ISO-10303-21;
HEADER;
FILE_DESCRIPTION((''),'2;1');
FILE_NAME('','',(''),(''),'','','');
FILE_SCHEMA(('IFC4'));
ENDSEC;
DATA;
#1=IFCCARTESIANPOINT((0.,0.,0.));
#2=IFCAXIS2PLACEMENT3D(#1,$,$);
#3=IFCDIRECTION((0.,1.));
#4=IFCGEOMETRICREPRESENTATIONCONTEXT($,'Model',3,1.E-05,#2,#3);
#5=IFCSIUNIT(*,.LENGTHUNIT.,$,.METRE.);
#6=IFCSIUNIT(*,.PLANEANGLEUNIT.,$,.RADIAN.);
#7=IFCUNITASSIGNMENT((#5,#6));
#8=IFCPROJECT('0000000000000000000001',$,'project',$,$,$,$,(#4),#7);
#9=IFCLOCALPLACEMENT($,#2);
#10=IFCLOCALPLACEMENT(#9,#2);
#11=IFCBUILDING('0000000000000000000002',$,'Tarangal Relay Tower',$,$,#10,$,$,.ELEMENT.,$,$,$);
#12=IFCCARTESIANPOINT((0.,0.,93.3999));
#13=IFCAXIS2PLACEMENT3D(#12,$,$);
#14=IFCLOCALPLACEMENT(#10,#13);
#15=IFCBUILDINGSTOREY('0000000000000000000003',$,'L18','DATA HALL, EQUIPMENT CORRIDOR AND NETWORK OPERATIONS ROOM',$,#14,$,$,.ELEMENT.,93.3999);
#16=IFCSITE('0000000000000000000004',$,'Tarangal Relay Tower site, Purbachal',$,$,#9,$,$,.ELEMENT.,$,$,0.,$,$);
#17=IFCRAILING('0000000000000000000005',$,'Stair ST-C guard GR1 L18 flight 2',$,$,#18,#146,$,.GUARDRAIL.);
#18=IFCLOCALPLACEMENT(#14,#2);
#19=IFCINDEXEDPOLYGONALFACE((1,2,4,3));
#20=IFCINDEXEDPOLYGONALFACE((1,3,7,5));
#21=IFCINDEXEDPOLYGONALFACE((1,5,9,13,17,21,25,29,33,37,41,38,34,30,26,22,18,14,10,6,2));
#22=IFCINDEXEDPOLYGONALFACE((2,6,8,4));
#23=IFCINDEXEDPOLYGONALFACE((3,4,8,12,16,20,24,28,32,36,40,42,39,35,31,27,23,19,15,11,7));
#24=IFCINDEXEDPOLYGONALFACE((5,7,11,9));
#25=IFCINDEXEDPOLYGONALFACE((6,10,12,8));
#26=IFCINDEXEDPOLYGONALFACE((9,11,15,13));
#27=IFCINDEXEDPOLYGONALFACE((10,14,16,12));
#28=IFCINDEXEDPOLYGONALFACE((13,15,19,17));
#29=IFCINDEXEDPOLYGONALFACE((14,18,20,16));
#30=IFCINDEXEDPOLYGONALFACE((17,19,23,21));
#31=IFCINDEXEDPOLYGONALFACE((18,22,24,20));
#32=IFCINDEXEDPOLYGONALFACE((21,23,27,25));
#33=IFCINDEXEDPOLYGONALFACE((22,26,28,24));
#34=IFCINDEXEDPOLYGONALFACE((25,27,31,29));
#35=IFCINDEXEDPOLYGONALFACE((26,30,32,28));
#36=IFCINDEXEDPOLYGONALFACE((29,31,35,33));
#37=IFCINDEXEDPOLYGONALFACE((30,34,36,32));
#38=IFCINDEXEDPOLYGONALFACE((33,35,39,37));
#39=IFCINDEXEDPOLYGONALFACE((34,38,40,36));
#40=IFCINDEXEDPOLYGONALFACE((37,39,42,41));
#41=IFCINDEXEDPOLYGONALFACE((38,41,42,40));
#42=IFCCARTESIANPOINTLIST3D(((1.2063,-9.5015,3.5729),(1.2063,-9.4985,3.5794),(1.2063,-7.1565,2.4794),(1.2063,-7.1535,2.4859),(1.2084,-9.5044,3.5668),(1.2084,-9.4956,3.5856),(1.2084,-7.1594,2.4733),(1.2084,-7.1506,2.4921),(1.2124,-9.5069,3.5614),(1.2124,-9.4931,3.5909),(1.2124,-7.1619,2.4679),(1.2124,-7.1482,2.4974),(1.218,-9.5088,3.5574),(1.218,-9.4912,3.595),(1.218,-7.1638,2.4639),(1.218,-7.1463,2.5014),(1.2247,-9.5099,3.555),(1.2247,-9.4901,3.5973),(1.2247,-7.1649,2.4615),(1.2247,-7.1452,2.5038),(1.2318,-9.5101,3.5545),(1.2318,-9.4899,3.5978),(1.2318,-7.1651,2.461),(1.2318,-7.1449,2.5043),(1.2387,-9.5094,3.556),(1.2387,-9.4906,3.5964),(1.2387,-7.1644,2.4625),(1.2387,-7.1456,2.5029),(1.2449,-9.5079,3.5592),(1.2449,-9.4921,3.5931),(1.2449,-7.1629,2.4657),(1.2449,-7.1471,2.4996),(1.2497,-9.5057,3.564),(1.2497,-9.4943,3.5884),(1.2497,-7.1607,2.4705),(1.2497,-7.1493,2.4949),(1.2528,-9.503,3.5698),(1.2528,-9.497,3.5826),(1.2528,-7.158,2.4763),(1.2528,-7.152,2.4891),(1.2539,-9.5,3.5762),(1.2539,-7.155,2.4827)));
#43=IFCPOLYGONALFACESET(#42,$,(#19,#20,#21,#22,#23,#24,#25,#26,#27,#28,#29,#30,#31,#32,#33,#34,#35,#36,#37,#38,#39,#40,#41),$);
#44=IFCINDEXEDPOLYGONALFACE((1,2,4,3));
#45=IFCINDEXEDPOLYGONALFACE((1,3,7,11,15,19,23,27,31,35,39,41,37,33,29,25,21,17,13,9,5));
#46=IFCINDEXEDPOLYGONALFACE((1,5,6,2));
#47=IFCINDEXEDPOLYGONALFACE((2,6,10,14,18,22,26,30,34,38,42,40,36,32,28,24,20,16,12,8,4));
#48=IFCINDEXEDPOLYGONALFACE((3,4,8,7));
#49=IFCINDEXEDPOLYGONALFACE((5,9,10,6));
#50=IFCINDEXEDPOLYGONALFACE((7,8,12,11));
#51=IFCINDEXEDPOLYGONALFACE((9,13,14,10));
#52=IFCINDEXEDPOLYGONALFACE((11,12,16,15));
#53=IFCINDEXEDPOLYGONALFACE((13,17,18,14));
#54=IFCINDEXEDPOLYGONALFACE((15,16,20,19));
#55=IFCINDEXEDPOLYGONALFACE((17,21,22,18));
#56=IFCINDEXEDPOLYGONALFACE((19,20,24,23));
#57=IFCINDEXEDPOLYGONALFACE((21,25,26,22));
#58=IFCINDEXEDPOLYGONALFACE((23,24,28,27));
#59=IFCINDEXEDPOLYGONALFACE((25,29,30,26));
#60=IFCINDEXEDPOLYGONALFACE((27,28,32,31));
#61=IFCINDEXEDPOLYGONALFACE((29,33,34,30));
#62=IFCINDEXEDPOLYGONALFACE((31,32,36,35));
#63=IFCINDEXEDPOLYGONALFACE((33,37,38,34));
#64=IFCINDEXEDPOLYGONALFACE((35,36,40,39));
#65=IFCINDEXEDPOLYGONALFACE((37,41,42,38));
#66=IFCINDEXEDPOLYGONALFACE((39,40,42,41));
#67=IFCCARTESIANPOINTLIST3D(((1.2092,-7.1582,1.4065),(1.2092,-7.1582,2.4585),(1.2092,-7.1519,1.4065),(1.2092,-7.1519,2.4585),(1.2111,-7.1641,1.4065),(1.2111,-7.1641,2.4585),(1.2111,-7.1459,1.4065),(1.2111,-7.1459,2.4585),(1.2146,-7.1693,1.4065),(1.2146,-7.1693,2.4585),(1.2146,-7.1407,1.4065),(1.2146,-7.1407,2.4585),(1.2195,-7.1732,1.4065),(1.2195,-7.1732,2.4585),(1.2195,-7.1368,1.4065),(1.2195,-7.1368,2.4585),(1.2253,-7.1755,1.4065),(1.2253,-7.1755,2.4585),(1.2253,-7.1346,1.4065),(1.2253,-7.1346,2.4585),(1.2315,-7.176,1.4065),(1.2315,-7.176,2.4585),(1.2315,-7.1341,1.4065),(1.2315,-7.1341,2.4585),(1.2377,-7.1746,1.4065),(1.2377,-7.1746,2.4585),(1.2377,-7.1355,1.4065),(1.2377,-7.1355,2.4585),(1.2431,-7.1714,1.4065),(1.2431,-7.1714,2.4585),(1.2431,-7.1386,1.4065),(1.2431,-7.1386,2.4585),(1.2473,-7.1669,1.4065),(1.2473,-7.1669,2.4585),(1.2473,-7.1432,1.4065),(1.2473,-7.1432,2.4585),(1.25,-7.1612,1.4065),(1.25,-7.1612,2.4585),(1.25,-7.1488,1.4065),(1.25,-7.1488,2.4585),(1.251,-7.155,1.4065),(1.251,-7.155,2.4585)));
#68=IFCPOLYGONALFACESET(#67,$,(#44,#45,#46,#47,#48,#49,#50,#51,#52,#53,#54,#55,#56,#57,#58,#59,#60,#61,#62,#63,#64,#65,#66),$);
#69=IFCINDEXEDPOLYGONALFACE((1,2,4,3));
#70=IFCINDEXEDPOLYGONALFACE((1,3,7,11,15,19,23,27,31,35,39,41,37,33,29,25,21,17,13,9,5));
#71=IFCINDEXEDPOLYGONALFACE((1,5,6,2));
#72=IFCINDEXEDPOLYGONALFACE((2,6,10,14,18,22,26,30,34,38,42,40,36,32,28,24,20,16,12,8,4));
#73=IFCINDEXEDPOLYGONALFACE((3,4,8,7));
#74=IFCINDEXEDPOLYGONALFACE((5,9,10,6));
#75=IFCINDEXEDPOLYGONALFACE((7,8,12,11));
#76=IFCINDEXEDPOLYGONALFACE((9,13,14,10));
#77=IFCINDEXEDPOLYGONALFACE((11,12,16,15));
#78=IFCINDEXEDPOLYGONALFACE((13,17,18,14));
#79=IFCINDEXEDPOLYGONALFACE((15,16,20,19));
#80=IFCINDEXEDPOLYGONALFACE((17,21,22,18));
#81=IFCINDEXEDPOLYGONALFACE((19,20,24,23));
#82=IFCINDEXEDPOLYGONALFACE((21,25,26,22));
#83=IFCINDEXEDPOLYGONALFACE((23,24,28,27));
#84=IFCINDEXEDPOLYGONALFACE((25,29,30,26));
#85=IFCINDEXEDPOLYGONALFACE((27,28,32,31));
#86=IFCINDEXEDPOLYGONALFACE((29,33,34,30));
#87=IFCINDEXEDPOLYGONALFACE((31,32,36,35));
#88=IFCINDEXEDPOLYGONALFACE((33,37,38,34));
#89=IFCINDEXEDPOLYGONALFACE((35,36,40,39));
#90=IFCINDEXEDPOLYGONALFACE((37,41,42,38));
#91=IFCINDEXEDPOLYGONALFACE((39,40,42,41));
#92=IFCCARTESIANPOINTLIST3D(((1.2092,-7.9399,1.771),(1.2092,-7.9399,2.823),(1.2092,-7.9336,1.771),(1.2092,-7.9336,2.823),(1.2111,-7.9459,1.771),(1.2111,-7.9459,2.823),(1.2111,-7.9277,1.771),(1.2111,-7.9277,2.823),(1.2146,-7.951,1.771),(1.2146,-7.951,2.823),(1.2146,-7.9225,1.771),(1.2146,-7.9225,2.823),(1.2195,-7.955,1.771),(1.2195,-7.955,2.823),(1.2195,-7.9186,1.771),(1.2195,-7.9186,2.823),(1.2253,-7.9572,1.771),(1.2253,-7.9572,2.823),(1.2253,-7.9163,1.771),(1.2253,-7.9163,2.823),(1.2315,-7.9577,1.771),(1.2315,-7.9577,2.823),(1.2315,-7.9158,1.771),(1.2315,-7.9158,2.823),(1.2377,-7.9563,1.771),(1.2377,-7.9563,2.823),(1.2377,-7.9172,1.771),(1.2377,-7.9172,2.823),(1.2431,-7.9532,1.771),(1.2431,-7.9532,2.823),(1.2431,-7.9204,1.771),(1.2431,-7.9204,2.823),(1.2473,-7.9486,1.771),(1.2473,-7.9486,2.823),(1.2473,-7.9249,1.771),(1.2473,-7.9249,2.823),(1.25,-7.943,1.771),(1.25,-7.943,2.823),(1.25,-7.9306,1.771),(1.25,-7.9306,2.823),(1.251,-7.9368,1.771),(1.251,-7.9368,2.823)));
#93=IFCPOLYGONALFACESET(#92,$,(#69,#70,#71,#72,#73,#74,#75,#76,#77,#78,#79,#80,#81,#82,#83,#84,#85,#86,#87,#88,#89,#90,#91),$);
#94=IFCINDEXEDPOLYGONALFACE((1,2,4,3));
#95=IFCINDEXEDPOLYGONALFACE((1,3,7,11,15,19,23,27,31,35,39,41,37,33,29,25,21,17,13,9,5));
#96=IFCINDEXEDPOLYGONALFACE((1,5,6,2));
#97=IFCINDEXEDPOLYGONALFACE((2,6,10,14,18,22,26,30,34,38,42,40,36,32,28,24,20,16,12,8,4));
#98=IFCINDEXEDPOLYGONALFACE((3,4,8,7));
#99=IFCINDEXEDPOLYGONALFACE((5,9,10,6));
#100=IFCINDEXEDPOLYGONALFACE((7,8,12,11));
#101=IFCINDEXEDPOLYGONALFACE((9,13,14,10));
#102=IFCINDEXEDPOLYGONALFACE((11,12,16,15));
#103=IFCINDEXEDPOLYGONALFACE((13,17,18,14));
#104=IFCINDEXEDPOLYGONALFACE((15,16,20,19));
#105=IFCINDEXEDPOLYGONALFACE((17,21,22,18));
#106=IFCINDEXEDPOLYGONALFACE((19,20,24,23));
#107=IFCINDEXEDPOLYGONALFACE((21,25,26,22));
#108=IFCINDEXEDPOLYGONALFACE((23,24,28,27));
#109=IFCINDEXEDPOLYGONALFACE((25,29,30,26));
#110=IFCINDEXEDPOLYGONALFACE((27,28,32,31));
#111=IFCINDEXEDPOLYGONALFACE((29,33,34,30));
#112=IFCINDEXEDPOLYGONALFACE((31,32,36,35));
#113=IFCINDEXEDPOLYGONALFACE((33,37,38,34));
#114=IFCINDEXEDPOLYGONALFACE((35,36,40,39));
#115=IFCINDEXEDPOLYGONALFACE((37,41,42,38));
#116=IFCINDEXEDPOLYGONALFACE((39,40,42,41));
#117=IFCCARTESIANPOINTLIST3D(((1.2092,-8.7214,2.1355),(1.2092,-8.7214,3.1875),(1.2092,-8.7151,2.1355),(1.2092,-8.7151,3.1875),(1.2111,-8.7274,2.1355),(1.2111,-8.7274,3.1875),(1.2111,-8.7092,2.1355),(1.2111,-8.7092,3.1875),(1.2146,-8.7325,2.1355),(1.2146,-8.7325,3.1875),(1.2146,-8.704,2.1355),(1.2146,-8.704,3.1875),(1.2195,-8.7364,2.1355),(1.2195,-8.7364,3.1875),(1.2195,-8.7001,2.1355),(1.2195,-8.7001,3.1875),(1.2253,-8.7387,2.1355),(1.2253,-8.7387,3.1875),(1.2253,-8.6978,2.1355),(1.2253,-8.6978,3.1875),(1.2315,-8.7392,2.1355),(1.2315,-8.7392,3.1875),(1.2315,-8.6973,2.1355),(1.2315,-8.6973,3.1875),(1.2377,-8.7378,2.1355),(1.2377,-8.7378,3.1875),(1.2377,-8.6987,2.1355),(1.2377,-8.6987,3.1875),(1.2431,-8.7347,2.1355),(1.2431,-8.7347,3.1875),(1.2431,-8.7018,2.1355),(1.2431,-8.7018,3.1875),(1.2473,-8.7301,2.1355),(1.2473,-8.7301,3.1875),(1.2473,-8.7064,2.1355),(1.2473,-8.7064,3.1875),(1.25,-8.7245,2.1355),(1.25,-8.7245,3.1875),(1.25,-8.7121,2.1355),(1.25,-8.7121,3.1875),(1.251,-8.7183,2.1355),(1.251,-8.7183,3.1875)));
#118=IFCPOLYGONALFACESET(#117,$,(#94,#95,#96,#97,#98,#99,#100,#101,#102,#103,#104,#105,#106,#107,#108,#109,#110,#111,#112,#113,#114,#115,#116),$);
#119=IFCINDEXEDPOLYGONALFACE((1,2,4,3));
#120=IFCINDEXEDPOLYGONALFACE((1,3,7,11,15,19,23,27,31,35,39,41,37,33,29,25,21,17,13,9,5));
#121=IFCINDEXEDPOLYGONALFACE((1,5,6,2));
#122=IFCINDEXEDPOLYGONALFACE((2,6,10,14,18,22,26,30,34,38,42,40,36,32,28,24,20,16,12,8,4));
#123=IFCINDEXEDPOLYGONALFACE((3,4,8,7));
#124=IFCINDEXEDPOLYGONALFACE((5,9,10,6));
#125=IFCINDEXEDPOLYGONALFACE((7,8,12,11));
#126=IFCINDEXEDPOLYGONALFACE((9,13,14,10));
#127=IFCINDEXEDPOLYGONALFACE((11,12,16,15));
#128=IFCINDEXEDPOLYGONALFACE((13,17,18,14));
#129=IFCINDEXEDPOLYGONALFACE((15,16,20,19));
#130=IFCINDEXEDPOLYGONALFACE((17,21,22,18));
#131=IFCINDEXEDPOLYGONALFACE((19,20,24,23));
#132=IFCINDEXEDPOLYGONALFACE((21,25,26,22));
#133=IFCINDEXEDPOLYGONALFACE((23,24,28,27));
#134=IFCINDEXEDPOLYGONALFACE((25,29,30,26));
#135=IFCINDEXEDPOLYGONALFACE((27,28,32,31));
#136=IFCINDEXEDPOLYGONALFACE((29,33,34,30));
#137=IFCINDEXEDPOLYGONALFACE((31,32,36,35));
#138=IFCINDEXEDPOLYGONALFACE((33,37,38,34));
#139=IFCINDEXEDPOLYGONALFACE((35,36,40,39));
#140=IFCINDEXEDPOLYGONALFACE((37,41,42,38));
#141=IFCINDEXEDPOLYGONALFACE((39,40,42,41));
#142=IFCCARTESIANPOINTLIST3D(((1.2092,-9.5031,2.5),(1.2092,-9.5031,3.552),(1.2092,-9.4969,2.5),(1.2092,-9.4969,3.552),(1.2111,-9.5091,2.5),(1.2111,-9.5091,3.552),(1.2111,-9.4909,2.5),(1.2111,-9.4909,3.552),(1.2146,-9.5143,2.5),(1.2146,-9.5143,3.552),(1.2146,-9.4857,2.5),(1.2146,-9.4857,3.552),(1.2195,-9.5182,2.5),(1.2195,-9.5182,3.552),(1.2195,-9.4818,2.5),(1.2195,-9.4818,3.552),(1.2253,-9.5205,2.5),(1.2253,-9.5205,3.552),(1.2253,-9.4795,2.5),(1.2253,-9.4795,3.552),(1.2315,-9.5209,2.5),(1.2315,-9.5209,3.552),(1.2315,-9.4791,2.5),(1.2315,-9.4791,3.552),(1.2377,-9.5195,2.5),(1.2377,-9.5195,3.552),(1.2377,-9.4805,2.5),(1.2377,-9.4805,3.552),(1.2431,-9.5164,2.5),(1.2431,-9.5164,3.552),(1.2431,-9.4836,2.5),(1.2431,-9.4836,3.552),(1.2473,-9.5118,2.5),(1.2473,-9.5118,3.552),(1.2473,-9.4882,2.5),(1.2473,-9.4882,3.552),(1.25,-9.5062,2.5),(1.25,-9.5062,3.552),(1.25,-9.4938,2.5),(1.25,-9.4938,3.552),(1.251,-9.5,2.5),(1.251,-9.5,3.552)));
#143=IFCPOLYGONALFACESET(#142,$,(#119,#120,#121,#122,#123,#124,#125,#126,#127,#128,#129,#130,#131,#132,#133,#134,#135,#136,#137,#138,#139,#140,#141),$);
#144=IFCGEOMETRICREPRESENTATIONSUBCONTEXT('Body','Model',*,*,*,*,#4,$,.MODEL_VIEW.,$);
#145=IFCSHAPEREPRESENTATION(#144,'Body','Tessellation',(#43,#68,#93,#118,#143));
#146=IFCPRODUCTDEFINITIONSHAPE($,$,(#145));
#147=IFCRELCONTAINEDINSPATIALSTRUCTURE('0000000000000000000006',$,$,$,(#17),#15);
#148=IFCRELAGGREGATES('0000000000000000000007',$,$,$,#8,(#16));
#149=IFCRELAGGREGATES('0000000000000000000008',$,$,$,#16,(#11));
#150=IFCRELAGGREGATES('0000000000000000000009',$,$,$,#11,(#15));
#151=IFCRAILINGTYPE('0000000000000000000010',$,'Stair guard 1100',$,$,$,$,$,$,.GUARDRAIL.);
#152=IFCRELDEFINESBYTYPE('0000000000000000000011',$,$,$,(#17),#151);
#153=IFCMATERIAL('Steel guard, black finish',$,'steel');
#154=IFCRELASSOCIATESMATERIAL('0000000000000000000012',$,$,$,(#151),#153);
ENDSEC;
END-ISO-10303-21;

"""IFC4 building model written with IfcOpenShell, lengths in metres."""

from ifc_helpers import new_model, si_unit, direction, frame, origin, origin_2d, place, context, subcontext, project, spatial, circle, extrude, material, type_object, element, save


model = new_model("IFC4")

# Units and contexts
model_context = context("Model", 3, precision=1e-05, world=origin(), true_north=direction((0.0, 1.0)))
body_context = subcontext(model_context, "Body", "Model", "MODEL_VIEW")
ifc_project = project(units=[si_unit("LENGTHUNIT", "METRE"), si_unit("PLANEANGLEUNIT", "RADIAN")], contexts=[model_context])

# Site, building, storey
site_placement = place(None, origin())
site = spatial("IfcSite", under=ifc_project, at=site_placement, Name="Tarangal Relay Tower site, Purbachal", CompositionType="ELEMENT", RefElevation=0.0)
building_placement = place(site_placement, origin())
building = spatial("IfcBuilding", under=site, at=building_placement, Name="Tarangal Relay Tower", CompositionType="ELEMENT")
storey_placement = place(building_placement, frame((0.0, 0.0, 93.3999)))
storey = spatial("IfcBuildingStorey", under=building, at=storey_placement, Name="L18", Description="DATA HALL, EQUIPMENT CORRIDOR AND NETWORK OPERATIONS ROOM", CompositionType="ELEMENT", Elevation=93.3999)

# Railing
ifc_material_1 = material(Name="Steel guard, black finish", Category="steel")
railing_type_1 = type_object("IfcRailingType", Name="Stair guard 1100", PredefinedType="GUARDRAIL", material=ifc_material_1)
for number, where, name in (
    (1, (1.23, -7.155, 1.4065), "Stair ST-C guard GR1 L18 flight 2"),
):
    element("IfcRailing", number, at=place(storey_placement, frame(where)), inside=storey, type_object=railing_type_1, Name=name, PredefinedType="GUARDRAIL", context=body_context, shape_type="SweptSolid", body=[
        extrude(circle(Radius=0.0239, at=origin_2d()), frame((0.0, 0.0, 1.0762), z_axis=(0.0, -0.906304, 0.422627), x_axis=(1.0, 0.0, 0.0)), (0.0, 0.0, 1.0), 2.5874),
        extrude(circle(Radius=0.021, at=origin_2d()), origin(), (0.0, 0.0, 1.0), 1.052),
        extrude(circle(Radius=0.021, at=origin_2d()), frame((0.0, -0.7817, 0.3645)), (0.0, 0.0, 1.0), 1.052),
        extrude(circle(Radius=0.021, at=origin_2d()), frame((0.0, -1.5632, 0.729)), (0.0, 0.0, 1.0), 1.052),
        extrude(circle(Radius=0.021, at=origin_2d()), frame((0.0, -2.345, 1.0935)), (0.0, 0.0, 1.0), 1.052),
    ])

save(model, "model.ifc")
